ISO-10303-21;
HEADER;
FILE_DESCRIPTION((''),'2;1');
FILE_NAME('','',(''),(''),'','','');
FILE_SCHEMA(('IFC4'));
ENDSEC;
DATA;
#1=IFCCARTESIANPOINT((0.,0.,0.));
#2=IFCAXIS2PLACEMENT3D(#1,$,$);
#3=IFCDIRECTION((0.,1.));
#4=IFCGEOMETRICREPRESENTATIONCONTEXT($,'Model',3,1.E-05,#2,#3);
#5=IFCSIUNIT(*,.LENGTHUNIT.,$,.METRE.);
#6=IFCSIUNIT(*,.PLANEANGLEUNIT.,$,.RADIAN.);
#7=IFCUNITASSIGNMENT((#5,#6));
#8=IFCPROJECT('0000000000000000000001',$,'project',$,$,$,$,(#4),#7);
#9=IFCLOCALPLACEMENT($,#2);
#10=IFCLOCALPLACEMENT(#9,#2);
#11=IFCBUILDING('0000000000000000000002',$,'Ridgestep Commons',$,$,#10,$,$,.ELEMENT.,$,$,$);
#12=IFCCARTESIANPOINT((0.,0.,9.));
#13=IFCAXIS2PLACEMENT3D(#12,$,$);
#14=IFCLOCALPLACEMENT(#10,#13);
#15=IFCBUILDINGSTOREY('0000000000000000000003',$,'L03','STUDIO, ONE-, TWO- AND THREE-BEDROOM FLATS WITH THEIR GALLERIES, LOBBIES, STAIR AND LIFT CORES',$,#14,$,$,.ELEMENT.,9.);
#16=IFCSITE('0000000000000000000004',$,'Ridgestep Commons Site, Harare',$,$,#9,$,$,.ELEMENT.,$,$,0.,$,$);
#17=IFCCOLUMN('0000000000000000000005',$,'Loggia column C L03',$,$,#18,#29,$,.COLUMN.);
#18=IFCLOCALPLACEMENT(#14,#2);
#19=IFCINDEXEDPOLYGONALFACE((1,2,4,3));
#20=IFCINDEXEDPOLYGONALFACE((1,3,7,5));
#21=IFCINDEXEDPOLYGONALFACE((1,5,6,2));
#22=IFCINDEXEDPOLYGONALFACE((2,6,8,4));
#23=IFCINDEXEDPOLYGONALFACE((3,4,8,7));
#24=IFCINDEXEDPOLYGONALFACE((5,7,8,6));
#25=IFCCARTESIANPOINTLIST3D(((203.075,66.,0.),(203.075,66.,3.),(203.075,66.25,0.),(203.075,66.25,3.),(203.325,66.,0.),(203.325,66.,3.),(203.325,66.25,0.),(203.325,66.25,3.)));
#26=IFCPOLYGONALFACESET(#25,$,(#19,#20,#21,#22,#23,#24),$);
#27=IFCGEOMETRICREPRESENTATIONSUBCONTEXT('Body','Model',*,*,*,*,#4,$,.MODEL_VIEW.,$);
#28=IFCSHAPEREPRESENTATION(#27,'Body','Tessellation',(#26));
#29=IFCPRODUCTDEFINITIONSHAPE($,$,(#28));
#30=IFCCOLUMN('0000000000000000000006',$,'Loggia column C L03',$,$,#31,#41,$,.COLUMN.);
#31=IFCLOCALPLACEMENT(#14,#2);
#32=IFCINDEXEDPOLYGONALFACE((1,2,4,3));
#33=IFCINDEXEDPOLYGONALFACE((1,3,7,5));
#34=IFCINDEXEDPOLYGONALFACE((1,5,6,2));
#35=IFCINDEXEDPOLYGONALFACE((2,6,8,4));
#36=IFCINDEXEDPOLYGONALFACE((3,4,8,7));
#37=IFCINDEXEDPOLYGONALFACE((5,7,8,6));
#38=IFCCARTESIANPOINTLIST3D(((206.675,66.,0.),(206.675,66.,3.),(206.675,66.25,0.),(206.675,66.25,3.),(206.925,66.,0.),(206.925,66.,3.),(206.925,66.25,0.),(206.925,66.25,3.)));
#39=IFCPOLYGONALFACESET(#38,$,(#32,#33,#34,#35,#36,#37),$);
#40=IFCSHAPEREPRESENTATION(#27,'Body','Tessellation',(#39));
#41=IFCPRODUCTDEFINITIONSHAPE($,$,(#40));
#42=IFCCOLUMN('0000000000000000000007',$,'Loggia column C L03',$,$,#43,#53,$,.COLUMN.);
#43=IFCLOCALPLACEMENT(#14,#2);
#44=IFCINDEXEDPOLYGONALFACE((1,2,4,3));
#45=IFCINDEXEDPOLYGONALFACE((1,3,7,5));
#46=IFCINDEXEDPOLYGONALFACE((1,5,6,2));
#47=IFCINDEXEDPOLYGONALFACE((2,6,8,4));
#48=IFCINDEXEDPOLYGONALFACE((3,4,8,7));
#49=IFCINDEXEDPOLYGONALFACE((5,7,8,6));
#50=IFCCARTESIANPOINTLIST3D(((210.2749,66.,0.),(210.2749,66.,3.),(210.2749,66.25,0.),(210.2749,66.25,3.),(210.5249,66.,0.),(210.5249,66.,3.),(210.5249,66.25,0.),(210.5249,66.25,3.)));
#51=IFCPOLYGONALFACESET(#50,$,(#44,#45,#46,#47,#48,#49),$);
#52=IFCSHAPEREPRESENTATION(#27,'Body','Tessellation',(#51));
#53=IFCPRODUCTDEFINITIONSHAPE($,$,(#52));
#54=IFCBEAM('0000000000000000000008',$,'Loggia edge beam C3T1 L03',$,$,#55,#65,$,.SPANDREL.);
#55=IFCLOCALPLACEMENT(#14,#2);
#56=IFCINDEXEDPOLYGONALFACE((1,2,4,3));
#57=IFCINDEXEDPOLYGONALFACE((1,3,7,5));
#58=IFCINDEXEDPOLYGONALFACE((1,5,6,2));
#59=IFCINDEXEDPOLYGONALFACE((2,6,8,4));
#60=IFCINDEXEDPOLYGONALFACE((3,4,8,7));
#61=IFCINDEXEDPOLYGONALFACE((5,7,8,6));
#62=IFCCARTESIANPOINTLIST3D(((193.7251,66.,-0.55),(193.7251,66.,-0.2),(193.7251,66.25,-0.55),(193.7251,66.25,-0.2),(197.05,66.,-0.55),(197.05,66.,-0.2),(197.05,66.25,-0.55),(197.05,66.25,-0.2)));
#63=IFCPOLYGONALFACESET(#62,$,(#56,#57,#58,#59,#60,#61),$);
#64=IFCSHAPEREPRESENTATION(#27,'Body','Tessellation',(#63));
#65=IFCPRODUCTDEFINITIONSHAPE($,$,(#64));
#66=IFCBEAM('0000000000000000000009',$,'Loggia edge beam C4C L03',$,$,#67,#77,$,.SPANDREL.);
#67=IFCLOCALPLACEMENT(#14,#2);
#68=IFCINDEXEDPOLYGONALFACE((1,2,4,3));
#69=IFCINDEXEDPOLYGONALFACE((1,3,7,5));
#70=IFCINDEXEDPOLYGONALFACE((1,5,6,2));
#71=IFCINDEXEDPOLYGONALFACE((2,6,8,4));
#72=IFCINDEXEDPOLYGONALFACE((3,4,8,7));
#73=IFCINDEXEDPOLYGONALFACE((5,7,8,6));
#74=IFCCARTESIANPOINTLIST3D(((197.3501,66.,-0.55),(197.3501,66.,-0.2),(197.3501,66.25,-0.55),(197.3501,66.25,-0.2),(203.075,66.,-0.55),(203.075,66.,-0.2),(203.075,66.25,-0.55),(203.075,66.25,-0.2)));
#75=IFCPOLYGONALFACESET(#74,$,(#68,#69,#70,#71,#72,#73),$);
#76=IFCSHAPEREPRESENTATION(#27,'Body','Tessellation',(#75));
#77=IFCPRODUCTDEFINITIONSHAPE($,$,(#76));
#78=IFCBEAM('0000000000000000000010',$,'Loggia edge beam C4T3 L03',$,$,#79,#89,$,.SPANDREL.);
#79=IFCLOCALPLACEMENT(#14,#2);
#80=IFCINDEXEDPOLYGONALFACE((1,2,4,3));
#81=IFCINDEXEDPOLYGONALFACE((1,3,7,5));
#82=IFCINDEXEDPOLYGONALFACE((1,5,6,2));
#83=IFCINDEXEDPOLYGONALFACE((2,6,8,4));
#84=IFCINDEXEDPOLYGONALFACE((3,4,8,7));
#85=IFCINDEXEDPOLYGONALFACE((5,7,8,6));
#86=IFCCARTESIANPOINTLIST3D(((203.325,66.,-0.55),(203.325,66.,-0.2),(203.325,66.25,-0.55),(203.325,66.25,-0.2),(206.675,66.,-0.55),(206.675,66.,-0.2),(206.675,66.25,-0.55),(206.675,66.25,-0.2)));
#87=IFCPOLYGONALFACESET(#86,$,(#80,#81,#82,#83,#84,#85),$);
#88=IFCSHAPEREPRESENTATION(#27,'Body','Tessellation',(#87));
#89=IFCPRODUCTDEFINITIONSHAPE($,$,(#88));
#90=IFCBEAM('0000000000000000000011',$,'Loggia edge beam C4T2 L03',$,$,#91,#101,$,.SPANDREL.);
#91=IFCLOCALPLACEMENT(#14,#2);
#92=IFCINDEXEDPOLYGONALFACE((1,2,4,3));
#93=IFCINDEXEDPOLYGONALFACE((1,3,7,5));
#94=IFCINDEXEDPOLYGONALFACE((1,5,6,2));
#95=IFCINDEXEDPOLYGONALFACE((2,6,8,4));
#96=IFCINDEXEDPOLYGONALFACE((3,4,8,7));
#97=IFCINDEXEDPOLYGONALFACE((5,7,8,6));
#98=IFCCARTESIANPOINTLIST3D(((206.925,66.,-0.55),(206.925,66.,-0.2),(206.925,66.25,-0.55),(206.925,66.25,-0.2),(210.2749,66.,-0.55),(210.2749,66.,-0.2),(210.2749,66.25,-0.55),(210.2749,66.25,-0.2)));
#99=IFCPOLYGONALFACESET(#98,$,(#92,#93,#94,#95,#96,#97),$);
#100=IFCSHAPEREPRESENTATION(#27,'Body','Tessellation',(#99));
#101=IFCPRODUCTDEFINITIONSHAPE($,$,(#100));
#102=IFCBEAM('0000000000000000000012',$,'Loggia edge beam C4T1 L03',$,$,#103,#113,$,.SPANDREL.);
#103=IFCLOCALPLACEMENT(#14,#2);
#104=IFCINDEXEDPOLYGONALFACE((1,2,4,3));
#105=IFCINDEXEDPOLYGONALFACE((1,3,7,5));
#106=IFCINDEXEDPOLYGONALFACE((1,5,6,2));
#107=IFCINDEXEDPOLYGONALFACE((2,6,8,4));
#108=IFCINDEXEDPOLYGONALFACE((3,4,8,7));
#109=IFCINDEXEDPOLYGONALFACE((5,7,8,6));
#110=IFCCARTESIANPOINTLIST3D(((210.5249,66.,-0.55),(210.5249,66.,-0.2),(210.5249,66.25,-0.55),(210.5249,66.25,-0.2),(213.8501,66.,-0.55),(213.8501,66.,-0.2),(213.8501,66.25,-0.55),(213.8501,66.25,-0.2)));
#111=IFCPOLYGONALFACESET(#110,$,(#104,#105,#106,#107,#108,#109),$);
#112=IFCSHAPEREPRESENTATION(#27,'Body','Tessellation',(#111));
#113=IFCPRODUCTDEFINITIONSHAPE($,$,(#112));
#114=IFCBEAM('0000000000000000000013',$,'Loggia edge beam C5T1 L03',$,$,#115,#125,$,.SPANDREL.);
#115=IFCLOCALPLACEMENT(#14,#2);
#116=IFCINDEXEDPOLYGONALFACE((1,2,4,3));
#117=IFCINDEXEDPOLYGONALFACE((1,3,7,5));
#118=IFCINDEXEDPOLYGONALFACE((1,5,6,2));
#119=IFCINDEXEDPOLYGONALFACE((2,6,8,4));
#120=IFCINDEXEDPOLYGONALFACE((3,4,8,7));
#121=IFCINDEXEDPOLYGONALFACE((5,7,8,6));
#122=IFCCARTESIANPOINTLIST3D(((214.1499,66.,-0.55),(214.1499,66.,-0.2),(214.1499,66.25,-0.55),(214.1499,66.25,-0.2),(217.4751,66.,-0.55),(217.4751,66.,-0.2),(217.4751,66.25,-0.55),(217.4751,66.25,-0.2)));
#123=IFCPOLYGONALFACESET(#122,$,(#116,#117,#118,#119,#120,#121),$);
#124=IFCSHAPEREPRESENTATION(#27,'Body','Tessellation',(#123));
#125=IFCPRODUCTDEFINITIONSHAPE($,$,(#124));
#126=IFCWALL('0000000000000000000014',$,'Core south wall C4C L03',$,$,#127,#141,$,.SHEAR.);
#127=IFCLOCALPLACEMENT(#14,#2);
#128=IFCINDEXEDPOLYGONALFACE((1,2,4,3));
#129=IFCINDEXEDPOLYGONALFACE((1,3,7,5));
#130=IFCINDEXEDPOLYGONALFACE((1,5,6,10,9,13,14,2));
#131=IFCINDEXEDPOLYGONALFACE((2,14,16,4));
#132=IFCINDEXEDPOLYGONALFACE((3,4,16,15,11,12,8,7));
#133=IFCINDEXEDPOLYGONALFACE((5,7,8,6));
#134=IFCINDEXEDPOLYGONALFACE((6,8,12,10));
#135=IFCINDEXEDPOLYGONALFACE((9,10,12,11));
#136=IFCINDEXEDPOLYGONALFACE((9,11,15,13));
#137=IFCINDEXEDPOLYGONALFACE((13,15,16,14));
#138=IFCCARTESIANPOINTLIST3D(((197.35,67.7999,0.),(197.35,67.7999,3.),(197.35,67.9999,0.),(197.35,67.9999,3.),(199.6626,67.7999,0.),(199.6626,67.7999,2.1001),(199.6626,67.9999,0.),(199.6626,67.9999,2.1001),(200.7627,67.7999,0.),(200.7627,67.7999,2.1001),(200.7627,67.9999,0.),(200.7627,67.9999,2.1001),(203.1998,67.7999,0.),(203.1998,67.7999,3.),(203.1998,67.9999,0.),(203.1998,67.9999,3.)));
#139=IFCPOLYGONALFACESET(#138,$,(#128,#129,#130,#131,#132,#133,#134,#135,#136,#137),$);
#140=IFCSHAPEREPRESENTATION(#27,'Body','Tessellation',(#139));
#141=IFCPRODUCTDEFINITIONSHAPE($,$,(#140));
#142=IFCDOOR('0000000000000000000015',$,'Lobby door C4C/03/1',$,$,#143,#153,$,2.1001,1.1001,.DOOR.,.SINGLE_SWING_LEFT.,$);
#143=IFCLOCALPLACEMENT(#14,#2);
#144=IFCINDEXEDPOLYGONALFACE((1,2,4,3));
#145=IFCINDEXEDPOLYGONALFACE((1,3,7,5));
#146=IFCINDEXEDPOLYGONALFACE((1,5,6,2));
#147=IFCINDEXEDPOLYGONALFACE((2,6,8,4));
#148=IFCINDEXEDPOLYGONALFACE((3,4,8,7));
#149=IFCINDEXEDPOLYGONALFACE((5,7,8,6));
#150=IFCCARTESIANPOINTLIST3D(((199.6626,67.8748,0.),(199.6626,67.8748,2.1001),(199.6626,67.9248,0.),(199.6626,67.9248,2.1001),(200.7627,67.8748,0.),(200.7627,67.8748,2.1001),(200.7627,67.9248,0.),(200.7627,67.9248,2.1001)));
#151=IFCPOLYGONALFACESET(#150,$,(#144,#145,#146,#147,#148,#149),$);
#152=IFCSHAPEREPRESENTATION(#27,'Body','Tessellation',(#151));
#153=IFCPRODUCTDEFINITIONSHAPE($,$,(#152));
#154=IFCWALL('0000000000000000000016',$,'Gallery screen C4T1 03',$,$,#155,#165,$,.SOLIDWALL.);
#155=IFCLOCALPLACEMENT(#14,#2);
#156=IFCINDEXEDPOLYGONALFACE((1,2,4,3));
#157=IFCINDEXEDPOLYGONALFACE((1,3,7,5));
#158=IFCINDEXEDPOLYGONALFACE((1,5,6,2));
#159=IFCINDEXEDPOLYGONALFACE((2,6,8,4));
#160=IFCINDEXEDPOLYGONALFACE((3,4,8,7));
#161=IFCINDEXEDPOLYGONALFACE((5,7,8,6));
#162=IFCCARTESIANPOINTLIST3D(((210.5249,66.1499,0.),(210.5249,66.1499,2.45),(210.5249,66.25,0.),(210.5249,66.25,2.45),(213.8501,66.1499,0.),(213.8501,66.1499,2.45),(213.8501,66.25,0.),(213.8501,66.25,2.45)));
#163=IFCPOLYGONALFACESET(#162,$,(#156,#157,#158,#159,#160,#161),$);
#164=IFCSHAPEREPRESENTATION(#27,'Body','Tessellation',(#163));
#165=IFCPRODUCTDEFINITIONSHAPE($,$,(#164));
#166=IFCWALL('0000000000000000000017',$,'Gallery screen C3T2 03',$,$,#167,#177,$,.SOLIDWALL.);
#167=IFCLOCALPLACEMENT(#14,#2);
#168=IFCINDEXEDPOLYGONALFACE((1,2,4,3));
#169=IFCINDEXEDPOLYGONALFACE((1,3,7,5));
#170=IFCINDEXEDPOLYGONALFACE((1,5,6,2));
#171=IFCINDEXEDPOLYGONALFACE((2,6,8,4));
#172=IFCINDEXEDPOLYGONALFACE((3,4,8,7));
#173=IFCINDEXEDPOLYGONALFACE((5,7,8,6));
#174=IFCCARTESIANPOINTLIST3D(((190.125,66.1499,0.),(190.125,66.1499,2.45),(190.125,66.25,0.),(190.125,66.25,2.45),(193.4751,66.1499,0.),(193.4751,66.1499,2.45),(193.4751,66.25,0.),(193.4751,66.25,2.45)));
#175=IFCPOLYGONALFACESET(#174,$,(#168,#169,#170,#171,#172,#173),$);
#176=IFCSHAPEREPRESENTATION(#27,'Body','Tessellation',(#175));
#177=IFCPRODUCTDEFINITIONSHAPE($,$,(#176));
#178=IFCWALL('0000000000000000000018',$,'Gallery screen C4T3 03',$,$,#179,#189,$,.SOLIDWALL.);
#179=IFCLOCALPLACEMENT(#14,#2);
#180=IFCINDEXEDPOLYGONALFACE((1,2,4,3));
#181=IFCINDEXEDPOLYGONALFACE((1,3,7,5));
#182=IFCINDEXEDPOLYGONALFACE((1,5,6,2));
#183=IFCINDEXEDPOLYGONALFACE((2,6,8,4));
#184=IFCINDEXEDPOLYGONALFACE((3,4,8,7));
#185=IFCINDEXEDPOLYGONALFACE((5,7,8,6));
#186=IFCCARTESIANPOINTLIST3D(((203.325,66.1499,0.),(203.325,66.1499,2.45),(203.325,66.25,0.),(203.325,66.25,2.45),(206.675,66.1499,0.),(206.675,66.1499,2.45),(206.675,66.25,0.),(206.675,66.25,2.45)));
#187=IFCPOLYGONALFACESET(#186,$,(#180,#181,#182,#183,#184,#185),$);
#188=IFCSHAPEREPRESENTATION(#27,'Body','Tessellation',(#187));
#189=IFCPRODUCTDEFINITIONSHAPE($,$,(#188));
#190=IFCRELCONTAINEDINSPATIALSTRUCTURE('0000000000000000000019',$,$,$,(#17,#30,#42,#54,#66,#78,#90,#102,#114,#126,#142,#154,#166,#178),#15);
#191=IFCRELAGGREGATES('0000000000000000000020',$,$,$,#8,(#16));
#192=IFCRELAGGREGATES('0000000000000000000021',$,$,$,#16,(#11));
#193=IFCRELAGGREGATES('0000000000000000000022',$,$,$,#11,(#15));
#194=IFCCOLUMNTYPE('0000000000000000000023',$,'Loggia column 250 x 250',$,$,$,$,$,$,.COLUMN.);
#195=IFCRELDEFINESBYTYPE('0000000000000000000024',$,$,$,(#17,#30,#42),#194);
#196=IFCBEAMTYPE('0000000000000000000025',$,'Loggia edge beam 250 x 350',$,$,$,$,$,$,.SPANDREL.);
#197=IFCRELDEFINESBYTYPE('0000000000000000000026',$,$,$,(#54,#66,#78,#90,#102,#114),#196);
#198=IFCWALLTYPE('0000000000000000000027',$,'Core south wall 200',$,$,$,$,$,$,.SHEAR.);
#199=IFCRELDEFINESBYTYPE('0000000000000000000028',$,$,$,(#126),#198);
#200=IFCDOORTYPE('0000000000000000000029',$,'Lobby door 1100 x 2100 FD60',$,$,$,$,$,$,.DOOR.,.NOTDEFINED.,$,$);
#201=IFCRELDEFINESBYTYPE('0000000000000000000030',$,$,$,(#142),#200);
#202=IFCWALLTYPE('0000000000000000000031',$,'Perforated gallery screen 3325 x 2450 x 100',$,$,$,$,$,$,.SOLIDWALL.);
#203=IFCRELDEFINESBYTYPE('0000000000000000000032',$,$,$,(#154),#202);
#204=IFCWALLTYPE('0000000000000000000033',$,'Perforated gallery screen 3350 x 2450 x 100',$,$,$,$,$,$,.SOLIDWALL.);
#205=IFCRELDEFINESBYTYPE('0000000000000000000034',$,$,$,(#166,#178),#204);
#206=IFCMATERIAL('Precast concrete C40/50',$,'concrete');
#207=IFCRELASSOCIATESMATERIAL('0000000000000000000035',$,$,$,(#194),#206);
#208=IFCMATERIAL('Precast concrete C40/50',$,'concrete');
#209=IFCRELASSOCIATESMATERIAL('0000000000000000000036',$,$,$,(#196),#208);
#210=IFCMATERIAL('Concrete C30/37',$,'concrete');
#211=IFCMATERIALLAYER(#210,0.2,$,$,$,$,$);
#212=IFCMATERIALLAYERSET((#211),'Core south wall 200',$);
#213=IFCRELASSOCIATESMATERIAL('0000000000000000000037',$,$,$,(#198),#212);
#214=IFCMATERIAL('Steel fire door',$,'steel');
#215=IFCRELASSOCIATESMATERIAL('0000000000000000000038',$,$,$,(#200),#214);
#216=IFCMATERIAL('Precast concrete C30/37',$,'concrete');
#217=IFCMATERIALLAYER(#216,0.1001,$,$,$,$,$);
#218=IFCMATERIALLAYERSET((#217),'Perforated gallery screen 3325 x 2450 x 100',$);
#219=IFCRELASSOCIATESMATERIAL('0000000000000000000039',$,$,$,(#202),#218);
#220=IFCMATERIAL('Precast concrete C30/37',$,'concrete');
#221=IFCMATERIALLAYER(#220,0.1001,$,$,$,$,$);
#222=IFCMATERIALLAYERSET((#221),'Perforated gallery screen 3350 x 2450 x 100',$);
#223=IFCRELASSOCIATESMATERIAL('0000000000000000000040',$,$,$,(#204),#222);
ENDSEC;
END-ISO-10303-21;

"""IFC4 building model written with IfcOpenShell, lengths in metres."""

from ifc_helpers import new_model, si_unit, direction, frame, frame_2d, origin, origin_2d, place, context, subcontext, project, spatial, rectangle, extrude, material, layer, layer_set, material_profile, profile_set, type_object, element, fill, save


model = new_model("IFC4")

# Units and contexts
model_context = context("Model", 3, precision=1e-05, world=origin(), true_north=direction((0.0, 1.0)))
body_context = subcontext(model_context, "Body", "Model", "MODEL_VIEW")
ifc_project = project(units=[si_unit("LENGTHUNIT", "METRE"), si_unit("PLANEANGLEUNIT", "RADIAN")], contexts=[model_context])

# Site, building, storey
site_placement = place(None, origin())
site = spatial("IfcSite", under=ifc_project, at=site_placement, Name="Ridgestep Commons Site, Harare", CompositionType="ELEMENT", RefElevation=0.0)
building_placement = place(site_placement, origin())
building = spatial("IfcBuilding", under=site, at=building_placement, Name="Ridgestep Commons", CompositionType="ELEMENT")
storey_placement = place(building_placement, frame((0.0, 0.0, 9.0)))
storey = spatial("IfcBuildingStorey", under=building, at=storey_placement, Name="L03", Description="STUDIO, ONE-, TWO- AND THREE-BEDROOM FLATS WITH THEIR GALLERIES, LOBBIES, STAIR AND LIFT CORES", CompositionType="ELEMENT", Elevation=9.0)

# Columns
ifc_material_1 = material(Name="Precast concrete C40/50", Category="concrete")
ifc_material_profile_1 = material_profile(ifc_material_1, rectangle(XDim=0.25, YDim=0.25, at=origin_2d()), Name="PC 250x250")
ifc_profile_set_1 = profile_set([ifc_material_profile_1], Name="Precast concrete C40/50")
column_type = type_object("IfcColumnType", Name="Loggia column 250 x 250", PredefinedType="COLUMN", material=ifc_profile_set_1)
for number, where, z_axis, x_axis, name in (
    (1, (203.2, 66.125, 0.0), (0.0, 0.0, 1.0), (1.0, 0.0, 0.0), "Loggia column C L03"),
    (2, (206.8, 66.125, 0.0), (0.0, 0.0, 1.0), (1.0, 0.0, 0.0), "Loggia column C L03"),
    (3, (210.3999, 66.125, 0.0), (0.0, 0.0, 1.0), (1.0, 0.0, 0.0), "Loggia column C L03"),
):
    element("IfcColumn", number, at=place(storey_placement, frame(where, z_axis=z_axis, x_axis=x_axis)), inside=storey, type_object=column_type, Name=name, PredefinedType="COLUMN", context=body_context, shape_type="SweptSolid", body=[
        extrude(rectangle(XDim=0.25, YDim=0.25, at=origin_2d()), origin(), (0.0, 0.0, 1.0), 3.0),
    ])

# Beams
ifc_material_2 = material(Name="Precast concrete C40/50", Category="concrete")
ifc_material_profile_2 = material_profile(ifc_material_2, rectangle(XDim=0.25, YDim=0.3501, at=origin_2d()), Name="PC 250x350")
ifc_profile_set_2 = profile_set([ifc_material_profile_2], Name="Precast concrete C40/50")
beam_type = type_object("IfcBeamType", Name="Loggia edge beam 250 x 350", PredefinedType="SPANDREL", material=ifc_profile_set_2)
beam_1_placement = place(storey_placement, frame((193.7251, 66.125, -0.375), z_axis=(1.0, 0.0, 0.0), x_axis=(0.0, 1.0, 0.0)))
element("IfcBeam", 4, at=beam_1_placement, inside=storey, type_object=beam_type, Name="Loggia edge beam C3T1 L03", PredefinedType="SPANDREL", context=body_context, shape_type="SweptSolid", body=[
    extrude(rectangle(XDim=0.25, YDim=0.3501, at=origin_2d()), origin(), (0.0, 0.0, 1.0), 3.325),
])
beam_2_placement = place(storey_placement, frame((197.3501, 66.125, -0.375), z_axis=(1.0, 0.0, 0.0), x_axis=(0.0, 1.0, 0.0)))
element("IfcBeam", 5, at=beam_2_placement, inside=storey, type_object=beam_type, Name="Loggia edge beam C4C L03", PredefinedType="SPANDREL", context=body_context, shape_type="SweptSolid", body=[
    extrude(rectangle(XDim=0.25, YDim=0.3501, at=origin_2d()), origin(), (0.0, 0.0, 1.0), 5.7249),
])
beam_3_placement = place(storey_placement, frame((203.325, 66.125, -0.375), z_axis=(1.0, 0.0, 0.0), x_axis=(0.0, 1.0, 0.0)))
element("IfcBeam", 6, at=beam_3_placement, inside=storey, type_object=beam_type, Name="Loggia edge beam C4T3 L03", PredefinedType="SPANDREL", context=body_context, shape_type="SweptSolid", body=[
    extrude(rectangle(XDim=0.25, YDim=0.3501, at=origin_2d()), origin(), (0.0, 0.0, 1.0), 3.3501),
])
beam_4_placement = place(storey_placement, frame((206.925, 66.125, -0.375), z_axis=(1.0, 0.0, 0.0), x_axis=(0.0, 1.0, 0.0)))
element("IfcBeam", 7, at=beam_4_placement, inside=storey, type_object=beam_type, Name="Loggia edge beam C4T2 L03", PredefinedType="SPANDREL", context=body_context, shape_type="SweptSolid", body=[
    extrude(rectangle(XDim=0.25, YDim=0.3501, at=origin_2d()), origin(), (0.0, 0.0, 1.0), 3.3499),
])
for number, where, z_axis, x_axis, name in (
    (8, (210.5249, 66.125, -0.375), (1.0, 0.0, 0.0), (0.0, 1.0, 0.0), "Loggia edge beam C4T1 L03"),
    (9, (214.1499, 66.125, -0.375), (1.0, 0.0, 0.0), (0.0, 1.0, 0.0), "Loggia edge beam C5T1 L03"),
):
    element("IfcBeam", number, at=place(storey_placement, frame(where, z_axis=z_axis, x_axis=x_axis)), inside=storey, type_object=beam_type, Name=name, PredefinedType="SPANDREL", context=body_context, shape_type="SweptSolid", body=[
        extrude(rectangle(XDim=0.25, YDim=0.3501, at=origin_2d()), origin(), (0.0, 0.0, 1.0), 3.3252),
    ])

# Wall, opening, door
ifc_material_3 = material(Name="Concrete C30/37", Category="concrete")
ifc_layer_1 = layer(ifc_material_3, 0.2)
ifc_layer_set_1 = layer_set([ifc_layer_1], Name="Core south wall 200")
wall_type_1 = type_object("IfcWallType", Name="Core south wall 200", PredefinedType="SHEAR", material=ifc_layer_set_1)
wall_1_placement = place(storey_placement, frame((197.3501, 67.8999, 0.0), z_axis=(0.0, 0.0, 1.0), x_axis=(1.0, 0.0, 0.0)))
wall_1 = element("IfcWall", 10, at=wall_1_placement, inside=storey, type_object=wall_type_1, Name="Core south wall C4C L03", PredefinedType="SHEAR", context=body_context, shape_type="SweptSolid", body=[
    extrude(rectangle(XDim=5.8499, YDim=0.2, at=frame_2d((2.9248, 0.0))), origin(), (0.0, 0.0, 1.0), 3.0),
])
opening_1_placement = place(wall_1_placement, frame((2.3125, 0.0, 0.0)))
opening_1 = element("IfcOpeningElement", 11, at=opening_1_placement, cuts=wall_1, PredefinedType="OPENING", context=body_context, shape_type="SweptSolid", body=[
    extrude(rectangle(XDim=1.1001, YDim=2.1001, at=frame_2d((0.55, 1.05))), frame((0.0, 0.1099, 0.0), z_axis=(0.0, -1.0, 0.0), x_axis=(1.0, 0.0, 0.0)), (0.0, 0.0, 1.0), 0.22),
])
ifc_material_4 = material(Name="Steel fire door", Category="steel")
door_type_1 = type_object("IfcDoorType", Name="Lobby door 1100 x 2100 FD60", OperationType="NOTDEFINED", PredefinedType="DOOR", material=ifc_material_4)
door_1_placement = place(opening_1_placement, origin())
door_1 = element("IfcDoor", 12, at=door_1_placement, inside=storey, type_object=door_type_1, Name="Lobby door C4C/03/1", OperationType="SINGLE_SWING_LEFT", OverallHeight=2.1001, OverallWidth=1.1001, PredefinedType="DOOR", context=body_context, shape_type="SweptSolid", body=[
    extrude(rectangle(XDim=1.1001, YDim=2.1001, at=frame_2d((0.55, 1.05))), frame((0.0, 0.0249, 0.0), z_axis=(0.0, -1.0, 0.0), x_axis=(1.0, 0.0, 0.0)), (0.0, 0.0, 1.0), 0.05),
])
fill(opening_1, door_1)

# Walls
ifc_material_5 = material(Name="Precast concrete C30/37", Category="concrete")
ifc_layer_2 = layer(ifc_material_5, 0.1001)
ifc_layer_set_2 = layer_set([ifc_layer_2], Name="Perforated gallery screen 3325 x 2450 x 100")
wall_type_2 = type_object("IfcWallType", Name="Perforated gallery screen 3325 x 2450 x 100", PredefinedType="SOLIDWALL", material=ifc_layer_set_2)
wall_2_placement = place(storey_placement, frame((210.5249, 66.2, 0.0), z_axis=(0.0, 0.0, 1.0), x_axis=(1.0, 0.0, 0.0)))
element("IfcWall", 13, at=wall_2_placement, inside=storey, type_object=wall_type_2, Name="Gallery screen C4T1 03", PredefinedType="SOLIDWALL", context=body_context, shape_type="SweptSolid", body=[
    extrude(rectangle(XDim=3.3252, YDim=0.1001, at=frame_2d((1.6626, 0.0))), origin(), (0.0, 0.0, 1.0), 2.45),
])
ifc_material_6 = material(Name="Precast concrete C30/37", Category="concrete")
ifc_layer_3 = layer(ifc_material_6, 0.1001)
ifc_layer_set_3 = layer_set([ifc_layer_3], Name="Perforated gallery screen 3350 x 2450 x 100")
wall_type_3 = type_object("IfcWallType", Name="Perforated gallery screen 3350 x 2450 x 100", PredefinedType="SOLIDWALL", material=ifc_layer_set_3)
for number, where, z_axis, x_axis, name in (
    (14, (190.125, 66.2, 0.0), (0.0, 0.0, 1.0), (1.0, 0.0, 0.0), "Gallery screen C3T2 03"),
    (15, (203.325, 66.2, 0.0), (0.0, 0.0, 1.0), (1.0, 0.0, 0.0), "Gallery screen C4T3 03"),
):
    element("IfcWall", number, at=place(storey_placement, frame(where, z_axis=z_axis, x_axis=x_axis)), inside=storey, type_object=wall_type_3, Name=name, PredefinedType="SOLIDWALL", context=body_context, shape_type="SweptSolid", body=[
        extrude(rectangle(XDim=3.3501, YDim=0.1001, at=frame_2d((1.675, 0.0))), origin(), (0.0, 0.0, 1.0), 2.45),
    ])

save(model, "model.ifc")
